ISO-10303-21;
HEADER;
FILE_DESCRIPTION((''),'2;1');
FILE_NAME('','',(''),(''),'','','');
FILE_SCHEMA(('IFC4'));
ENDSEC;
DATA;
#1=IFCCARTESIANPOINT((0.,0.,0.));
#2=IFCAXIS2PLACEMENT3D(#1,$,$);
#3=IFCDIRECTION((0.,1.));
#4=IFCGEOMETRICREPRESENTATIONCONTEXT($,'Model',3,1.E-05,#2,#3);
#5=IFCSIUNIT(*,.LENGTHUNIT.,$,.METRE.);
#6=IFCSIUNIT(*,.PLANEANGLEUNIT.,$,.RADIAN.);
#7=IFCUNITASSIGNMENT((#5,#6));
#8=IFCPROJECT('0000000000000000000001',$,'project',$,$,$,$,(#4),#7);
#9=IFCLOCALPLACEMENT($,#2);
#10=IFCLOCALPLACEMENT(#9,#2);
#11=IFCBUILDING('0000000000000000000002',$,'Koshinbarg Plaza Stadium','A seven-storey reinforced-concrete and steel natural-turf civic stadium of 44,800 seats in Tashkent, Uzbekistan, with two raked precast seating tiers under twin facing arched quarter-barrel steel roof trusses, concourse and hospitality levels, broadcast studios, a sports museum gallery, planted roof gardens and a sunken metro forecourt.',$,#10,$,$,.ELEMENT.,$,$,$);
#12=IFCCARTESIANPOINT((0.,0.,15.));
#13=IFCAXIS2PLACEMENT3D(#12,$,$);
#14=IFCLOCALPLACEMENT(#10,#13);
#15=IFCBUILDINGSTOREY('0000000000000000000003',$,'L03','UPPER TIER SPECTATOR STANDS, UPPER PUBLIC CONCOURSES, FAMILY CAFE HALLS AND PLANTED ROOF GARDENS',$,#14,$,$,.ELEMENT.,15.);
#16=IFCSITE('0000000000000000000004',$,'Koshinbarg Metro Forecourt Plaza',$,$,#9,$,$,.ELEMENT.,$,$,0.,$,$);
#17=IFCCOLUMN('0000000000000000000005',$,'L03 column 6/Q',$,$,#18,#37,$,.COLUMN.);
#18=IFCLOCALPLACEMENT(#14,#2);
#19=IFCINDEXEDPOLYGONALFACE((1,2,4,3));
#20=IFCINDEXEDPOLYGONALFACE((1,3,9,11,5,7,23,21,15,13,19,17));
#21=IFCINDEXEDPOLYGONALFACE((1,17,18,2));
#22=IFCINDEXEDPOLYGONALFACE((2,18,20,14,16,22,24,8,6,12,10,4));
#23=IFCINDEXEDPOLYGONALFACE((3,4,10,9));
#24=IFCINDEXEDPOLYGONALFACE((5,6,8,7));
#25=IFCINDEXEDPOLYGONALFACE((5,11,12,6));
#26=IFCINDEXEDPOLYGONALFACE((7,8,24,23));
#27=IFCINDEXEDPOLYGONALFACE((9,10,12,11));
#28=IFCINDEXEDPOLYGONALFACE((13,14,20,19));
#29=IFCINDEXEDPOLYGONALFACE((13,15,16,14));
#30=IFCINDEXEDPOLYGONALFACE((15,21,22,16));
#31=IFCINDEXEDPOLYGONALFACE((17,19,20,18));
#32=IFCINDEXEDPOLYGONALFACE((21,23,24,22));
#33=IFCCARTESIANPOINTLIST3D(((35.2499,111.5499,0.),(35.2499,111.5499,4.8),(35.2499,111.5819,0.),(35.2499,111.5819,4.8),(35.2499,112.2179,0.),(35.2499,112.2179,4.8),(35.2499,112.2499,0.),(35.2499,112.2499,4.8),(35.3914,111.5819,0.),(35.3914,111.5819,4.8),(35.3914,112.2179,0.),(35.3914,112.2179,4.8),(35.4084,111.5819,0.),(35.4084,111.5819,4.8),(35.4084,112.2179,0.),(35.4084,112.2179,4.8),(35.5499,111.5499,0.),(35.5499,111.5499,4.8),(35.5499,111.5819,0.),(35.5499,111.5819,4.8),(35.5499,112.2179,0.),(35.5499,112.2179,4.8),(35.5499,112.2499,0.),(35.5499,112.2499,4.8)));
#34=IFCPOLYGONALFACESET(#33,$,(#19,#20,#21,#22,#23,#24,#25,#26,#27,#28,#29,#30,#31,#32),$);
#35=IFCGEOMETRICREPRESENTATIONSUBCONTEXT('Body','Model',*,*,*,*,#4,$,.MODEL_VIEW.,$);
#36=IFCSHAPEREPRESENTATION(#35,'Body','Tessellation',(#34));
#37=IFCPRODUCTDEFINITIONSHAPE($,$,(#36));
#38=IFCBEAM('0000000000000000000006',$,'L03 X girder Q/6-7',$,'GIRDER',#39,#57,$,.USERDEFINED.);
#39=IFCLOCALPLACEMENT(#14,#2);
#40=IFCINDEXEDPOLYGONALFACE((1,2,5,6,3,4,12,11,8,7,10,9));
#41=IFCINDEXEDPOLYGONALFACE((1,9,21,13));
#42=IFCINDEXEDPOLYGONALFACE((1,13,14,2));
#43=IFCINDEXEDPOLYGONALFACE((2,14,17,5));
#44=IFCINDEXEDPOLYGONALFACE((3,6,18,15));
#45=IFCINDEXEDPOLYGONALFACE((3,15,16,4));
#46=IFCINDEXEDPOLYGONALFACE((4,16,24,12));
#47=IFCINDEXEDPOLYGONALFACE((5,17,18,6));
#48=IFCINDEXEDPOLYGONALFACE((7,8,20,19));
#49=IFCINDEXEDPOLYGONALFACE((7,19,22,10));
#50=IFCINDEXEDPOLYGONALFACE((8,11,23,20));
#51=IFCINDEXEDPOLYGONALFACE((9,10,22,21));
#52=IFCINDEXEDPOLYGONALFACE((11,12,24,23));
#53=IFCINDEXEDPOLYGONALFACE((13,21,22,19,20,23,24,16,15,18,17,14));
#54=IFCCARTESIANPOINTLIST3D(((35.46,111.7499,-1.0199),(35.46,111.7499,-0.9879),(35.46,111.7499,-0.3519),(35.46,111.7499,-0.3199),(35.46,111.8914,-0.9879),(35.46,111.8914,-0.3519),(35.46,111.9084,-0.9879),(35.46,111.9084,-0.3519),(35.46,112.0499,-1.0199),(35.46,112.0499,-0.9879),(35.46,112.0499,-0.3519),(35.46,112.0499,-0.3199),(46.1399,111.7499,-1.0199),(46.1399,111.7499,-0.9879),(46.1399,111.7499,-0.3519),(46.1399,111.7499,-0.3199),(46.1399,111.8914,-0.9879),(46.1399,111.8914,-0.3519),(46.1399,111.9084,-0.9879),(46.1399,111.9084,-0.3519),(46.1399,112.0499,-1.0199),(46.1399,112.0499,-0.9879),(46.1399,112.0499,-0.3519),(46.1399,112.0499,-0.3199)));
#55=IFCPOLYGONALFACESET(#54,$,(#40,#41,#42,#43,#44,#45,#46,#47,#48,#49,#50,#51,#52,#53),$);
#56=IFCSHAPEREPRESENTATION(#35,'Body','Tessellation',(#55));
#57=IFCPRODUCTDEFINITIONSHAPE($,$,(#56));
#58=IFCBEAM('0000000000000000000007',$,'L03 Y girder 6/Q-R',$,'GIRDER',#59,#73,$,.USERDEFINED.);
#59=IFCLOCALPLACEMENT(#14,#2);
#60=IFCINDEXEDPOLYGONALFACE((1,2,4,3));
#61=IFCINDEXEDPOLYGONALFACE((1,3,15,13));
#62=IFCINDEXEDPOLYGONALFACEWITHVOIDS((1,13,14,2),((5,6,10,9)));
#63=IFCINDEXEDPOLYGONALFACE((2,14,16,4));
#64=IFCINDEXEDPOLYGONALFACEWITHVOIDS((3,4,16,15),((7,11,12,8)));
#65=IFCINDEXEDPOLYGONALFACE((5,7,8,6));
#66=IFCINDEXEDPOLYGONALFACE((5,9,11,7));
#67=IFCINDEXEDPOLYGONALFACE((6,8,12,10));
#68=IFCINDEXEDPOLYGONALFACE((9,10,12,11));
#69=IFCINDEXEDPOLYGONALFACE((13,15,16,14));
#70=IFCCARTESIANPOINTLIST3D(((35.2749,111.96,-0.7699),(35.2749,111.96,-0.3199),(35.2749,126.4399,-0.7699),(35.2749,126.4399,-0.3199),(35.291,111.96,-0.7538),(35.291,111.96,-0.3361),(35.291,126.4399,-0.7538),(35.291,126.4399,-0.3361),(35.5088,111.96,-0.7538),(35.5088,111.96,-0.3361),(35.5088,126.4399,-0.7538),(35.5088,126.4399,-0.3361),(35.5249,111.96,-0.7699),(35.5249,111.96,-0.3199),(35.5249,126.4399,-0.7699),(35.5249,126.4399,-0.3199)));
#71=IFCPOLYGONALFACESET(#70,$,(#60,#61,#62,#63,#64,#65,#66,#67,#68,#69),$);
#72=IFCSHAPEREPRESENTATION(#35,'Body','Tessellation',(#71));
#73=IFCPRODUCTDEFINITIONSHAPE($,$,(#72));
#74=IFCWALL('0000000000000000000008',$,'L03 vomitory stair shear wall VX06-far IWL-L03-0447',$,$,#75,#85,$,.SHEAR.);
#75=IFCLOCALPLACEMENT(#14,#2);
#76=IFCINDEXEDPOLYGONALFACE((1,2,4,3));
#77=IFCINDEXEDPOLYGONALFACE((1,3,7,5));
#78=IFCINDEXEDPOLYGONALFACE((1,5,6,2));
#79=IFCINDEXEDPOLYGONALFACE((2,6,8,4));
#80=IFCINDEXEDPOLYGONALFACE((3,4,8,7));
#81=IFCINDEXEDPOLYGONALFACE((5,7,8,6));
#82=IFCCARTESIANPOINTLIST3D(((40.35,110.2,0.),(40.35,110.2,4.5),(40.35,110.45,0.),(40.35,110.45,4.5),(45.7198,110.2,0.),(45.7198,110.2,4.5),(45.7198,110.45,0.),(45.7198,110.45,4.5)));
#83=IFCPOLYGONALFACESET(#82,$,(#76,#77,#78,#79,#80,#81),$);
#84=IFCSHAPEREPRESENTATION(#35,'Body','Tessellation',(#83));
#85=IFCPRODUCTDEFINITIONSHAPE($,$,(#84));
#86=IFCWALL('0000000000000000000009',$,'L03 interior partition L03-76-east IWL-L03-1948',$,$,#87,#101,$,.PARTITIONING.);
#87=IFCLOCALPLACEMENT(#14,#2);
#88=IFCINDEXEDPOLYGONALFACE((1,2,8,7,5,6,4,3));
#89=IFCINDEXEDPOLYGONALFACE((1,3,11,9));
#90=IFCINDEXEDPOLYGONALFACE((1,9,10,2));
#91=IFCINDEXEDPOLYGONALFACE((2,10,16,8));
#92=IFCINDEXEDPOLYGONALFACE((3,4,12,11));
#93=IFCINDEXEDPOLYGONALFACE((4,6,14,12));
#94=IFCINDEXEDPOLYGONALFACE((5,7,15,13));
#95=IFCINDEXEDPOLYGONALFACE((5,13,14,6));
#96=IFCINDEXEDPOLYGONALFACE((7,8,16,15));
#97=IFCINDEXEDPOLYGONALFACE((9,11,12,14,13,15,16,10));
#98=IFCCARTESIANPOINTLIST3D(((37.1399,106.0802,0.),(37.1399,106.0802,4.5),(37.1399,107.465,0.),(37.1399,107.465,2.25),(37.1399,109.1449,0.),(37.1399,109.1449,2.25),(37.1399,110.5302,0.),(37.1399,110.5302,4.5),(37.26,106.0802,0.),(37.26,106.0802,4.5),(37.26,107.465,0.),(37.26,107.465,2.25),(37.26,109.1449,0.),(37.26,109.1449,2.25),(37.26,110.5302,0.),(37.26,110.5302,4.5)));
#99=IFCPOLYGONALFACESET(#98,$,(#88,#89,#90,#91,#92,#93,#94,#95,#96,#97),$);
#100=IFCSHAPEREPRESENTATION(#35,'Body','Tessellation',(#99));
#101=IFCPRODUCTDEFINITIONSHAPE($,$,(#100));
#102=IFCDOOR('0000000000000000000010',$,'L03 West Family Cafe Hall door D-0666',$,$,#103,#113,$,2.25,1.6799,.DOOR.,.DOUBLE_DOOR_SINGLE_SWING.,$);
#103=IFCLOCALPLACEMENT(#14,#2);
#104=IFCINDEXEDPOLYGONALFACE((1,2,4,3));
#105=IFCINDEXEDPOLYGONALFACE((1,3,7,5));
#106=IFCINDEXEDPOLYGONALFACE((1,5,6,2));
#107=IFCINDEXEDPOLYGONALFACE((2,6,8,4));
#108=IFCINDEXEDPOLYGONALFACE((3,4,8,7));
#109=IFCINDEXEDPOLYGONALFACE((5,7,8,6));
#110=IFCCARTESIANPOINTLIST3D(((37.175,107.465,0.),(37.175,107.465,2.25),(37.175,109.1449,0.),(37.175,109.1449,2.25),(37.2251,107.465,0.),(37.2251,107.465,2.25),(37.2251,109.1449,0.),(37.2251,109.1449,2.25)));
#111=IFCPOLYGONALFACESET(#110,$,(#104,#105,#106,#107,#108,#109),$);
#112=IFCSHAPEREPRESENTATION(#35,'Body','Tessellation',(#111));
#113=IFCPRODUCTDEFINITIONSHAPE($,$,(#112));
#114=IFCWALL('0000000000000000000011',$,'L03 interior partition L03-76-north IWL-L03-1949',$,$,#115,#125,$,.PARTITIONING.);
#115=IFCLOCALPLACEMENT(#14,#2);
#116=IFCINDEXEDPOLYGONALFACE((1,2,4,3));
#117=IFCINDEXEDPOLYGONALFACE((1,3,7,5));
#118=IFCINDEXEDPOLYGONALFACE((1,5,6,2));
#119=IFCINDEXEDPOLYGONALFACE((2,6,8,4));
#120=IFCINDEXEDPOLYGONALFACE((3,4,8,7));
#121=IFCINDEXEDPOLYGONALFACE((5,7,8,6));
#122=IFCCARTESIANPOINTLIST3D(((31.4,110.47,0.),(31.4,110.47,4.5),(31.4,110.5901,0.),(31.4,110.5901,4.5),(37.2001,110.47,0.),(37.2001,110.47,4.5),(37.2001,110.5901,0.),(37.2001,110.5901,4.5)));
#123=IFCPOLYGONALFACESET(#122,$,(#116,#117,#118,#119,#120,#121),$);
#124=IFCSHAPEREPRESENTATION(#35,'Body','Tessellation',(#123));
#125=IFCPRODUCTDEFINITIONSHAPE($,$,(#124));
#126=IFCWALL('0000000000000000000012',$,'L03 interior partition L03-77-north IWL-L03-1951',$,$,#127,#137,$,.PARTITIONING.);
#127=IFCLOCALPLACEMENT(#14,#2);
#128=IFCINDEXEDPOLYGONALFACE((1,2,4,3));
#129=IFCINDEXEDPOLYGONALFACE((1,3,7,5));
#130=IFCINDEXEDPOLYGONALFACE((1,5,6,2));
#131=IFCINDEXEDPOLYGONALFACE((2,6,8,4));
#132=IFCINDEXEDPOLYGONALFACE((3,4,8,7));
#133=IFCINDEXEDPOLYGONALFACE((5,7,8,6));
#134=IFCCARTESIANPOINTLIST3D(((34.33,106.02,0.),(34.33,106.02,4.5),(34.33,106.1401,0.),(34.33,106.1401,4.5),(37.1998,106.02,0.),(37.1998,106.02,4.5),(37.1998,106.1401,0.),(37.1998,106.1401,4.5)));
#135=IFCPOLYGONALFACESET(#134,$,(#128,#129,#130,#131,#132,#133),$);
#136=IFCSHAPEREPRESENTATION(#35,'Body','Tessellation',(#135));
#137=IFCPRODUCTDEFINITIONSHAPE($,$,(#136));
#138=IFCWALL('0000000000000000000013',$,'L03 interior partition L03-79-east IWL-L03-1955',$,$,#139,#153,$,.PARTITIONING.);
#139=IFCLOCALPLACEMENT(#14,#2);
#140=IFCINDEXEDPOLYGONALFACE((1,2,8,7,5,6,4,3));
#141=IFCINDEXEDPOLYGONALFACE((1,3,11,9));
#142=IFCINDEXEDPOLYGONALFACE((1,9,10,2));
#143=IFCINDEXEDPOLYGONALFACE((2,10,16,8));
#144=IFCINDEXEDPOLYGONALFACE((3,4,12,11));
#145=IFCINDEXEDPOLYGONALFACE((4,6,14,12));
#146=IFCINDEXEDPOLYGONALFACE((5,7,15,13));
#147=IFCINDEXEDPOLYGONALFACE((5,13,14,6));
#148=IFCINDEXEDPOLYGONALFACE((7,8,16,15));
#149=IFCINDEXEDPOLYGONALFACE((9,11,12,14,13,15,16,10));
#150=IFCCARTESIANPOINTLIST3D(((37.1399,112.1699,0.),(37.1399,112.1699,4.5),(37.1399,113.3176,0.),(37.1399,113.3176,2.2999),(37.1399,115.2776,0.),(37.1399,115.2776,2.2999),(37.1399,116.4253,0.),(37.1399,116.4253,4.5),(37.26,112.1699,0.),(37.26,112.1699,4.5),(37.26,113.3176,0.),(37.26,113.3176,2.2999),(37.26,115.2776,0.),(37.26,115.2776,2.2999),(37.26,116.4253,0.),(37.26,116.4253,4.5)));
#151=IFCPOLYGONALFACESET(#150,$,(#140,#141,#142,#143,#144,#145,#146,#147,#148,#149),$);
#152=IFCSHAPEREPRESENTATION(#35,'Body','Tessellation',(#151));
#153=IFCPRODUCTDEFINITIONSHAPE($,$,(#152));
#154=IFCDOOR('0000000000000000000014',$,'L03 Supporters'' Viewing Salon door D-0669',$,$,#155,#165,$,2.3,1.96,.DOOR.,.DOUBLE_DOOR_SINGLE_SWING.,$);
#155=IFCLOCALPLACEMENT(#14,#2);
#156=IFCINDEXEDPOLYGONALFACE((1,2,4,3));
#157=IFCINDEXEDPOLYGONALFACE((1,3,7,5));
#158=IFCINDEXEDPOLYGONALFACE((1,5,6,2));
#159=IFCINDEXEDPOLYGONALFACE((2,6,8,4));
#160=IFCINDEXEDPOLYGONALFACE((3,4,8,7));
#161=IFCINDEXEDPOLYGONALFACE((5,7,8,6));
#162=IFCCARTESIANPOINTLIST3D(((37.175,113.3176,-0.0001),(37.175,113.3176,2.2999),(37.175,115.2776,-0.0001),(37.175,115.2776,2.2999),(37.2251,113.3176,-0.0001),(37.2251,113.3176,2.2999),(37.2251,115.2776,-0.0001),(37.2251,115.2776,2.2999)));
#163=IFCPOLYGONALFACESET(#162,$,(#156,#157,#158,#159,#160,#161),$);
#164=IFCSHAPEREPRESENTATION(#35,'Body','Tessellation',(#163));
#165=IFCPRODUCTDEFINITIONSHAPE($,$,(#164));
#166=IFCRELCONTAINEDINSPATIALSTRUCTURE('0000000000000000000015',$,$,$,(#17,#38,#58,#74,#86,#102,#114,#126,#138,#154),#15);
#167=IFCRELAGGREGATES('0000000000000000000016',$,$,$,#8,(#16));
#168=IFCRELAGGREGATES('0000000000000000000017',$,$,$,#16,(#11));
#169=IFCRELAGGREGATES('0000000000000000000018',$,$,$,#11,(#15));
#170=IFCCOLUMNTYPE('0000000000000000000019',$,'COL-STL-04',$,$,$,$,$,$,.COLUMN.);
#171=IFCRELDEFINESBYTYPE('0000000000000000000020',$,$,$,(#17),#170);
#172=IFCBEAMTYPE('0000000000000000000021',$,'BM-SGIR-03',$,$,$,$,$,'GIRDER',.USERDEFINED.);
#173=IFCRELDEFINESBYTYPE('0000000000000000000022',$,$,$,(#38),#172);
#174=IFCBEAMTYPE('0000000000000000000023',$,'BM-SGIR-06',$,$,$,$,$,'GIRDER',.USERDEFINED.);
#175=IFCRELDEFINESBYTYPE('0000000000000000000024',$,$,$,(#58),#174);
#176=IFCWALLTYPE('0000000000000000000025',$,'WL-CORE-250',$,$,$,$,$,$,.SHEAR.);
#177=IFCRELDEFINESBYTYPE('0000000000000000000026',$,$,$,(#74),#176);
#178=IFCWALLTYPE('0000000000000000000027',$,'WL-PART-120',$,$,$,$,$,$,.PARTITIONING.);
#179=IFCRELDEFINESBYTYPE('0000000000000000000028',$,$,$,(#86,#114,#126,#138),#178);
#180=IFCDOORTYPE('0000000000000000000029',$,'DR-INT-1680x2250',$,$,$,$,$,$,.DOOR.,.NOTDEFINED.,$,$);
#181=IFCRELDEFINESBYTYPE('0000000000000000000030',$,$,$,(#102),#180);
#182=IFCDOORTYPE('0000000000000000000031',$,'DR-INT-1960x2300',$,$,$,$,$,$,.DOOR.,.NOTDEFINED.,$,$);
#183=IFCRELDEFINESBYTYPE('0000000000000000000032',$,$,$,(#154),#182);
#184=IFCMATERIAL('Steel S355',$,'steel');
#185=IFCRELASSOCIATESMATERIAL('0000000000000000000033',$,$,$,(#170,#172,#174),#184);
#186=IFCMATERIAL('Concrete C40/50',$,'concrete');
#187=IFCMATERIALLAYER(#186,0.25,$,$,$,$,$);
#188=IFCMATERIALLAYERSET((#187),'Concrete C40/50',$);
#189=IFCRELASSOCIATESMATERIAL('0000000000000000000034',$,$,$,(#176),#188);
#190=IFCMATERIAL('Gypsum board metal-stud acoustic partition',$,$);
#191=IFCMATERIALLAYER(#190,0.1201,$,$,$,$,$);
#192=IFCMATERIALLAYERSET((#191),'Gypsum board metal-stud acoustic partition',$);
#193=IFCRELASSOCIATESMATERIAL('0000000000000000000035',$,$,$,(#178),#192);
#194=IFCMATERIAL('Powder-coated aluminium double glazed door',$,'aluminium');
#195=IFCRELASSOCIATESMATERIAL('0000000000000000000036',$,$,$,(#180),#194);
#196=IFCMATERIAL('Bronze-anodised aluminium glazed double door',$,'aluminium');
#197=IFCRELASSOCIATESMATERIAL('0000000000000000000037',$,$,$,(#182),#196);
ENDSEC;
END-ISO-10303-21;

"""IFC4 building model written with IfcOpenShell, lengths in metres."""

from ifc_helpers import new_model, si_unit, direction, frame, frame_2d, origin, origin_2d, place, context, subcontext, project, spatial, rectangle, hollow_rectangle, i_section, extrude, material, layer, layer_set, material_profile, profile_set, type_object, element, fill, save


model = new_model("IFC4")

# Units and contexts
model_context = context("Model", 3, precision=1e-05, world=origin(), true_north=direction((0.0, 1.0)))
body_context = subcontext(model_context, "Body", "Model", "MODEL_VIEW")
ifc_project = project(units=[si_unit("LENGTHUNIT", "METRE"), si_unit("PLANEANGLEUNIT", "RADIAN")], contexts=[model_context])

# Site, building, storey
site_placement = place(None, origin())
site = spatial("IfcSite", under=ifc_project, at=site_placement, Name="Koshinbarg Metro Forecourt Plaza", CompositionType="ELEMENT", RefElevation=0.0)
building_placement = place(site_placement, origin())
building = spatial("IfcBuilding", under=site, at=building_placement, Name="Koshinbarg Plaza Stadium", Description="A seven-storey reinforced-concrete and steel natural-turf civic stadium of 44,800 seats in Tashkent, Uzbekistan, with two raked precast seating tiers under twin facing arched quarter-barrel steel roof trusses, concourse and hospitality levels, broadcast studios, a sports museum gallery, planted roof gardens and a sunken metro forecourt.", CompositionType="ELEMENT")
storey_placement = place(building_placement, frame((0.0, 0.0, 15.0)))
storey = spatial("IfcBuildingStorey", under=building, at=storey_placement, Name="L03", Description="UPPER TIER SPECTATOR STANDS, UPPER PUBLIC CONCOURSES, FAMILY CAFE HALLS AND PLANTED ROOF GARDENS", CompositionType="ELEMENT", Elevation=15.0)

# Column
ifc_material_1 = material(Name="Steel S355", Category="steel")
ifc_material_profile_1 = material_profile(ifc_material_1, i_section(OverallWidth=0.3, OverallDepth=0.7, WebThickness=0.0171, FlangeThickness=0.032, at=origin_2d()), Name="HEB 700")
ifc_profile_set_1 = profile_set([ifc_material_profile_1], Name="Steel S355")
column_type = type_object("IfcColumnType", Name="COL-STL-04", PredefinedType="COLUMN", material=ifc_profile_set_1)
column_placement = place(storey_placement, frame((35.3999, 111.8999, 0.0), z_axis=(0.0, 0.0, 1.0), x_axis=(1.0, 0.0, 0.0)))
element("IfcColumn", 1, at=column_placement, inside=storey, type_object=column_type, Name="L03 column 6/Q", PredefinedType="COLUMN", context=body_context, shape_type="SweptSolid", body=[
    extrude(i_section(OverallWidth=0.3, OverallDepth=0.7, WebThickness=0.0171, FlangeThickness=0.032, at=origin_2d()), origin(), (0.0, 0.0, 1.0), 4.8),
])

# Beams
ifc_material_profile_2 = material_profile(ifc_material_1, i_section(OverallWidth=0.3, OverallDepth=0.7, WebThickness=0.0171, FlangeThickness=0.032, at=origin_2d()), Name="HEB 700")
ifc_profile_set_2 = profile_set([ifc_material_profile_2], Name="Steel S355")
beam_type_1 = type_object("IfcBeamType", Name="BM-SGIR-03", ElementType="GIRDER", PredefinedType="USERDEFINED", material=ifc_profile_set_2)
beam_1_placement = place(storey_placement, frame((35.46, 111.8999, -0.6699), z_axis=(1.0, 0.0, 0.0), x_axis=(0.0, 1.0, 0.0)))
element("IfcBeam", 2, at=beam_1_placement, inside=storey, type_object=beam_type_1, Name="L03 X girder Q/6-7", ObjectType="GIRDER", PredefinedType="USERDEFINED", context=body_context, shape_type="SweptSolid", body=[
    extrude(i_section(OverallWidth=0.3, OverallDepth=0.7, WebThickness=0.0171, FlangeThickness=0.032, at=origin_2d()), origin(), (0.0, 0.0, 1.0), 10.6799),
])
ifc_material_profile_3 = material_profile(ifc_material_1, hollow_rectangle(XDim=0.25, YDim=0.45, WallThickness=0.0161, at=origin_2d()), Name="RHS 450x250x16")
ifc_profile_set_3 = profile_set([ifc_material_profile_3], Name="Steel S355")
beam_type_2 = type_object("IfcBeamType", Name="BM-SGIR-06", ElementType="GIRDER", PredefinedType="USERDEFINED", material=ifc_profile_set_3)
beam_2_placement = place(storey_placement, frame((35.3999, 111.96, -0.5449), z_axis=(0.0, 1.0, 0.0), x_axis=(-1.0, 0.0, 0.0)))
element("IfcBeam", 3, at=beam_2_placement, inside=storey, type_object=beam_type_2, Name="L03 Y girder 6/Q-R", ObjectType="GIRDER", PredefinedType="USERDEFINED", context=body_context, shape_type="SweptSolid", body=[
    extrude(hollow_rectangle(XDim=0.25, YDim=0.45, WallThickness=0.0161, at=origin_2d()), origin(), (0.0, 0.0, 1.0), 14.48),
])

# Wall
ifc_material_2 = material(Name="Concrete C40/50", Category="concrete")
ifc_layer_1 = layer(ifc_material_2, 0.25)
ifc_layer_set_1 = layer_set([ifc_layer_1], Name="Concrete C40/50")
wall_type_1 = type_object("IfcWallType", Name="WL-CORE-250", PredefinedType="SHEAR", material=ifc_layer_set_1)
wall_1_placement = place(storey_placement, frame((45.72, 110.325, 0.0), z_axis=(0.0, 0.0, 1.0), x_axis=(-1.0, 0.0, 0.0)))
element("IfcWall", 4, at=wall_1_placement, inside=storey, type_object=wall_type_1, Name="L03 vomitory stair shear wall VX06-far IWL-L03-0447", PredefinedType="SHEAR", context=body_context, shape_type="SweptSolid", body=[
    extrude(rectangle(XDim=5.3699, YDim=0.25, at=frame_2d((2.6851, 0.0))), origin(), (0.0, 0.0, 1.0), 4.5),
])

# Wall, opening, door
ifc_material_3 = material(Name="Gypsum board metal-stud acoustic partition")
ifc_layer_2 = layer(ifc_material_3, 0.1201)
ifc_layer_set_2 = layer_set([ifc_layer_2], Name="Gypsum board metal-stud acoustic partition")
wall_type_2 = type_object("IfcWallType", Name="WL-PART-120", PredefinedType="PARTITIONING", material=ifc_layer_set_2)
wall_2_placement = place(storey_placement, frame((37.2, 106.0801, 0.0), z_axis=(0.0, 0.0, 1.0), x_axis=(0.0, 1.0, 0.0)))
wall_2 = element("IfcWall", 5, at=wall_2_placement, inside=storey, type_object=wall_type_2, Name="L03 interior partition L03-76-east IWL-L03-1948", PredefinedType="PARTITIONING", context=body_context, shape_type="SweptSolid", body=[
    extrude(rectangle(XDim=4.45, YDim=0.1201, at=frame_2d((2.2251, 0.0))), origin(), (0.0, 0.0, 1.0), 4.5),
])
opening_1_placement = place(wall_2_placement, frame((1.385, 0.0, 0.0)))
opening_1 = element("IfcOpeningElement", 6, at=opening_1_placement, cuts=wall_2, PredefinedType="OPENING", context=body_context, shape_type="SweptSolid", body=[
    extrude(rectangle(XDim=1.6799, YDim=2.25, at=frame_2d((0.8398, 1.125))), frame((0.0, 0.0701, 0.0), z_axis=(0.0, -1.0, 0.0), x_axis=(1.0, 0.0, 0.0)), (0.0, 0.0, 1.0), 0.1401),
])
ifc_material_4 = material(Name="Powder-coated aluminium double glazed door", Category="aluminium")
door_type_1 = type_object("IfcDoorType", Name="DR-INT-1680x2250", OperationType="NOTDEFINED", PredefinedType="DOOR", material=ifc_material_4)
door_1_placement = place(opening_1_placement, origin())
door_1 = element("IfcDoor", 7, at=door_1_placement, inside=storey, type_object=door_type_1, Name="L03 West Family Cafe Hall door D-0666", OperationType="DOUBLE_DOOR_SINGLE_SWING", OverallHeight=2.25, OverallWidth=1.6799, PredefinedType="DOOR", context=body_context, shape_type="SweptSolid", body=[
    extrude(rectangle(XDim=1.6799, YDim=2.25, at=frame_2d((0.8398, 1.125))), frame((0.0, 0.0249, 0.0), z_axis=(0.0, -1.0, 0.0), x_axis=(1.0, 0.0, 0.0)), (0.0, 0.0, 1.0), 0.05),
])
fill(opening_1, door_1)

# Walls
wall_3_placement = place(storey_placement, frame((37.2, 110.53, 0.0), z_axis=(0.0, 0.0, 1.0), x_axis=(-1.0, 0.0, 0.0)))
element("IfcWall", 8, at=wall_3_placement, inside=storey, type_object=wall_type_2, Name="L03 interior partition L03-76-north IWL-L03-1949", PredefinedType="PARTITIONING", context=body_context, shape_type="SweptSolid", body=[
    extrude(rectangle(XDim=5.8, YDim=0.1201, at=frame_2d((2.8999, 0.0))), origin(), (0.0, 0.0, 1.0), 4.5),
])
wall_4_placement = place(storey_placement, frame((37.2, 106.0801, 0.0), z_axis=(0.0, 0.0, 1.0), x_axis=(-1.0, 0.0, 0.0)))
element("IfcWall", 9, at=wall_4_placement, inside=storey, type_object=wall_type_2, Name="L03 interior partition L03-77-north IWL-L03-1951", PredefinedType="PARTITIONING", context=body_context, shape_type="SweptSolid", body=[
    extrude(rectangle(XDim=2.8699, YDim=0.1201, at=frame_2d((1.4351, 0.0))), origin(), (0.0, 0.0, 1.0), 4.5),
])

# Wall, opening, door
wall_5_placement = place(storey_placement, frame((37.2, 112.1699, 0.0), z_axis=(0.0, 0.0, 1.0), x_axis=(0.0, 1.0, 0.0)))
wall_5 = element("IfcWall", 10, at=wall_5_placement, inside=storey, type_object=wall_type_2, Name="L03 interior partition L03-79-east IWL-L03-1955", PredefinedType="PARTITIONING", context=body_context, shape_type="SweptSolid", body=[
    extrude(rectangle(XDim=4.2554, YDim=0.1201, at=frame_2d((2.1277, 0.0))), origin(), (0.0, 0.0, 1.0), 4.5),
])
opening_2_placement = place(wall_5_placement, frame((1.1477, 0.0, 0.0)))
opening_2 = element("IfcOpeningElement", 11, at=opening_2_placement, cuts=wall_5, PredefinedType="OPENING", context=body_context, shape_type="SweptSolid", body=[
    extrude(rectangle(XDim=1.96, YDim=2.3, at=frame_2d((0.98, 1.1499))), frame((0.0, 0.0701, 0.0), z_axis=(0.0, -1.0, 0.0), x_axis=(1.0, 0.0, 0.0)), (0.0, 0.0, 1.0), 0.1401),
])
ifc_material_5 = material(Name="Bronze-anodised aluminium glazed double door", Category="aluminium")
door_type_2 = type_object("IfcDoorType", Name="DR-INT-1960x2300", OperationType="NOTDEFINED", PredefinedType="DOOR", material=ifc_material_5)
door_2_placement = place(opening_2_placement, origin())
door_2 = element("IfcDoor", 12, at=door_2_placement, inside=storey, type_object=door_type_2, Name="L03 Supporters' Viewing Salon door D-0669", OperationType="DOUBLE_DOOR_SINGLE_SWING", OverallHeight=2.3, OverallWidth=1.96, PredefinedType="DOOR", context=body_context, shape_type="SweptSolid", body=[
    extrude(rectangle(XDim=1.96, YDim=2.3, at=frame_2d((0.98, 1.1499))), frame((0.0, 0.0249, 0.0), z_axis=(0.0, -1.0, 0.0), x_axis=(1.0, 0.0, 0.0)), (0.0, 0.0, 1.0), 0.05),
])
fill(opening_2, door_2)

save(model, "model.ifc")
